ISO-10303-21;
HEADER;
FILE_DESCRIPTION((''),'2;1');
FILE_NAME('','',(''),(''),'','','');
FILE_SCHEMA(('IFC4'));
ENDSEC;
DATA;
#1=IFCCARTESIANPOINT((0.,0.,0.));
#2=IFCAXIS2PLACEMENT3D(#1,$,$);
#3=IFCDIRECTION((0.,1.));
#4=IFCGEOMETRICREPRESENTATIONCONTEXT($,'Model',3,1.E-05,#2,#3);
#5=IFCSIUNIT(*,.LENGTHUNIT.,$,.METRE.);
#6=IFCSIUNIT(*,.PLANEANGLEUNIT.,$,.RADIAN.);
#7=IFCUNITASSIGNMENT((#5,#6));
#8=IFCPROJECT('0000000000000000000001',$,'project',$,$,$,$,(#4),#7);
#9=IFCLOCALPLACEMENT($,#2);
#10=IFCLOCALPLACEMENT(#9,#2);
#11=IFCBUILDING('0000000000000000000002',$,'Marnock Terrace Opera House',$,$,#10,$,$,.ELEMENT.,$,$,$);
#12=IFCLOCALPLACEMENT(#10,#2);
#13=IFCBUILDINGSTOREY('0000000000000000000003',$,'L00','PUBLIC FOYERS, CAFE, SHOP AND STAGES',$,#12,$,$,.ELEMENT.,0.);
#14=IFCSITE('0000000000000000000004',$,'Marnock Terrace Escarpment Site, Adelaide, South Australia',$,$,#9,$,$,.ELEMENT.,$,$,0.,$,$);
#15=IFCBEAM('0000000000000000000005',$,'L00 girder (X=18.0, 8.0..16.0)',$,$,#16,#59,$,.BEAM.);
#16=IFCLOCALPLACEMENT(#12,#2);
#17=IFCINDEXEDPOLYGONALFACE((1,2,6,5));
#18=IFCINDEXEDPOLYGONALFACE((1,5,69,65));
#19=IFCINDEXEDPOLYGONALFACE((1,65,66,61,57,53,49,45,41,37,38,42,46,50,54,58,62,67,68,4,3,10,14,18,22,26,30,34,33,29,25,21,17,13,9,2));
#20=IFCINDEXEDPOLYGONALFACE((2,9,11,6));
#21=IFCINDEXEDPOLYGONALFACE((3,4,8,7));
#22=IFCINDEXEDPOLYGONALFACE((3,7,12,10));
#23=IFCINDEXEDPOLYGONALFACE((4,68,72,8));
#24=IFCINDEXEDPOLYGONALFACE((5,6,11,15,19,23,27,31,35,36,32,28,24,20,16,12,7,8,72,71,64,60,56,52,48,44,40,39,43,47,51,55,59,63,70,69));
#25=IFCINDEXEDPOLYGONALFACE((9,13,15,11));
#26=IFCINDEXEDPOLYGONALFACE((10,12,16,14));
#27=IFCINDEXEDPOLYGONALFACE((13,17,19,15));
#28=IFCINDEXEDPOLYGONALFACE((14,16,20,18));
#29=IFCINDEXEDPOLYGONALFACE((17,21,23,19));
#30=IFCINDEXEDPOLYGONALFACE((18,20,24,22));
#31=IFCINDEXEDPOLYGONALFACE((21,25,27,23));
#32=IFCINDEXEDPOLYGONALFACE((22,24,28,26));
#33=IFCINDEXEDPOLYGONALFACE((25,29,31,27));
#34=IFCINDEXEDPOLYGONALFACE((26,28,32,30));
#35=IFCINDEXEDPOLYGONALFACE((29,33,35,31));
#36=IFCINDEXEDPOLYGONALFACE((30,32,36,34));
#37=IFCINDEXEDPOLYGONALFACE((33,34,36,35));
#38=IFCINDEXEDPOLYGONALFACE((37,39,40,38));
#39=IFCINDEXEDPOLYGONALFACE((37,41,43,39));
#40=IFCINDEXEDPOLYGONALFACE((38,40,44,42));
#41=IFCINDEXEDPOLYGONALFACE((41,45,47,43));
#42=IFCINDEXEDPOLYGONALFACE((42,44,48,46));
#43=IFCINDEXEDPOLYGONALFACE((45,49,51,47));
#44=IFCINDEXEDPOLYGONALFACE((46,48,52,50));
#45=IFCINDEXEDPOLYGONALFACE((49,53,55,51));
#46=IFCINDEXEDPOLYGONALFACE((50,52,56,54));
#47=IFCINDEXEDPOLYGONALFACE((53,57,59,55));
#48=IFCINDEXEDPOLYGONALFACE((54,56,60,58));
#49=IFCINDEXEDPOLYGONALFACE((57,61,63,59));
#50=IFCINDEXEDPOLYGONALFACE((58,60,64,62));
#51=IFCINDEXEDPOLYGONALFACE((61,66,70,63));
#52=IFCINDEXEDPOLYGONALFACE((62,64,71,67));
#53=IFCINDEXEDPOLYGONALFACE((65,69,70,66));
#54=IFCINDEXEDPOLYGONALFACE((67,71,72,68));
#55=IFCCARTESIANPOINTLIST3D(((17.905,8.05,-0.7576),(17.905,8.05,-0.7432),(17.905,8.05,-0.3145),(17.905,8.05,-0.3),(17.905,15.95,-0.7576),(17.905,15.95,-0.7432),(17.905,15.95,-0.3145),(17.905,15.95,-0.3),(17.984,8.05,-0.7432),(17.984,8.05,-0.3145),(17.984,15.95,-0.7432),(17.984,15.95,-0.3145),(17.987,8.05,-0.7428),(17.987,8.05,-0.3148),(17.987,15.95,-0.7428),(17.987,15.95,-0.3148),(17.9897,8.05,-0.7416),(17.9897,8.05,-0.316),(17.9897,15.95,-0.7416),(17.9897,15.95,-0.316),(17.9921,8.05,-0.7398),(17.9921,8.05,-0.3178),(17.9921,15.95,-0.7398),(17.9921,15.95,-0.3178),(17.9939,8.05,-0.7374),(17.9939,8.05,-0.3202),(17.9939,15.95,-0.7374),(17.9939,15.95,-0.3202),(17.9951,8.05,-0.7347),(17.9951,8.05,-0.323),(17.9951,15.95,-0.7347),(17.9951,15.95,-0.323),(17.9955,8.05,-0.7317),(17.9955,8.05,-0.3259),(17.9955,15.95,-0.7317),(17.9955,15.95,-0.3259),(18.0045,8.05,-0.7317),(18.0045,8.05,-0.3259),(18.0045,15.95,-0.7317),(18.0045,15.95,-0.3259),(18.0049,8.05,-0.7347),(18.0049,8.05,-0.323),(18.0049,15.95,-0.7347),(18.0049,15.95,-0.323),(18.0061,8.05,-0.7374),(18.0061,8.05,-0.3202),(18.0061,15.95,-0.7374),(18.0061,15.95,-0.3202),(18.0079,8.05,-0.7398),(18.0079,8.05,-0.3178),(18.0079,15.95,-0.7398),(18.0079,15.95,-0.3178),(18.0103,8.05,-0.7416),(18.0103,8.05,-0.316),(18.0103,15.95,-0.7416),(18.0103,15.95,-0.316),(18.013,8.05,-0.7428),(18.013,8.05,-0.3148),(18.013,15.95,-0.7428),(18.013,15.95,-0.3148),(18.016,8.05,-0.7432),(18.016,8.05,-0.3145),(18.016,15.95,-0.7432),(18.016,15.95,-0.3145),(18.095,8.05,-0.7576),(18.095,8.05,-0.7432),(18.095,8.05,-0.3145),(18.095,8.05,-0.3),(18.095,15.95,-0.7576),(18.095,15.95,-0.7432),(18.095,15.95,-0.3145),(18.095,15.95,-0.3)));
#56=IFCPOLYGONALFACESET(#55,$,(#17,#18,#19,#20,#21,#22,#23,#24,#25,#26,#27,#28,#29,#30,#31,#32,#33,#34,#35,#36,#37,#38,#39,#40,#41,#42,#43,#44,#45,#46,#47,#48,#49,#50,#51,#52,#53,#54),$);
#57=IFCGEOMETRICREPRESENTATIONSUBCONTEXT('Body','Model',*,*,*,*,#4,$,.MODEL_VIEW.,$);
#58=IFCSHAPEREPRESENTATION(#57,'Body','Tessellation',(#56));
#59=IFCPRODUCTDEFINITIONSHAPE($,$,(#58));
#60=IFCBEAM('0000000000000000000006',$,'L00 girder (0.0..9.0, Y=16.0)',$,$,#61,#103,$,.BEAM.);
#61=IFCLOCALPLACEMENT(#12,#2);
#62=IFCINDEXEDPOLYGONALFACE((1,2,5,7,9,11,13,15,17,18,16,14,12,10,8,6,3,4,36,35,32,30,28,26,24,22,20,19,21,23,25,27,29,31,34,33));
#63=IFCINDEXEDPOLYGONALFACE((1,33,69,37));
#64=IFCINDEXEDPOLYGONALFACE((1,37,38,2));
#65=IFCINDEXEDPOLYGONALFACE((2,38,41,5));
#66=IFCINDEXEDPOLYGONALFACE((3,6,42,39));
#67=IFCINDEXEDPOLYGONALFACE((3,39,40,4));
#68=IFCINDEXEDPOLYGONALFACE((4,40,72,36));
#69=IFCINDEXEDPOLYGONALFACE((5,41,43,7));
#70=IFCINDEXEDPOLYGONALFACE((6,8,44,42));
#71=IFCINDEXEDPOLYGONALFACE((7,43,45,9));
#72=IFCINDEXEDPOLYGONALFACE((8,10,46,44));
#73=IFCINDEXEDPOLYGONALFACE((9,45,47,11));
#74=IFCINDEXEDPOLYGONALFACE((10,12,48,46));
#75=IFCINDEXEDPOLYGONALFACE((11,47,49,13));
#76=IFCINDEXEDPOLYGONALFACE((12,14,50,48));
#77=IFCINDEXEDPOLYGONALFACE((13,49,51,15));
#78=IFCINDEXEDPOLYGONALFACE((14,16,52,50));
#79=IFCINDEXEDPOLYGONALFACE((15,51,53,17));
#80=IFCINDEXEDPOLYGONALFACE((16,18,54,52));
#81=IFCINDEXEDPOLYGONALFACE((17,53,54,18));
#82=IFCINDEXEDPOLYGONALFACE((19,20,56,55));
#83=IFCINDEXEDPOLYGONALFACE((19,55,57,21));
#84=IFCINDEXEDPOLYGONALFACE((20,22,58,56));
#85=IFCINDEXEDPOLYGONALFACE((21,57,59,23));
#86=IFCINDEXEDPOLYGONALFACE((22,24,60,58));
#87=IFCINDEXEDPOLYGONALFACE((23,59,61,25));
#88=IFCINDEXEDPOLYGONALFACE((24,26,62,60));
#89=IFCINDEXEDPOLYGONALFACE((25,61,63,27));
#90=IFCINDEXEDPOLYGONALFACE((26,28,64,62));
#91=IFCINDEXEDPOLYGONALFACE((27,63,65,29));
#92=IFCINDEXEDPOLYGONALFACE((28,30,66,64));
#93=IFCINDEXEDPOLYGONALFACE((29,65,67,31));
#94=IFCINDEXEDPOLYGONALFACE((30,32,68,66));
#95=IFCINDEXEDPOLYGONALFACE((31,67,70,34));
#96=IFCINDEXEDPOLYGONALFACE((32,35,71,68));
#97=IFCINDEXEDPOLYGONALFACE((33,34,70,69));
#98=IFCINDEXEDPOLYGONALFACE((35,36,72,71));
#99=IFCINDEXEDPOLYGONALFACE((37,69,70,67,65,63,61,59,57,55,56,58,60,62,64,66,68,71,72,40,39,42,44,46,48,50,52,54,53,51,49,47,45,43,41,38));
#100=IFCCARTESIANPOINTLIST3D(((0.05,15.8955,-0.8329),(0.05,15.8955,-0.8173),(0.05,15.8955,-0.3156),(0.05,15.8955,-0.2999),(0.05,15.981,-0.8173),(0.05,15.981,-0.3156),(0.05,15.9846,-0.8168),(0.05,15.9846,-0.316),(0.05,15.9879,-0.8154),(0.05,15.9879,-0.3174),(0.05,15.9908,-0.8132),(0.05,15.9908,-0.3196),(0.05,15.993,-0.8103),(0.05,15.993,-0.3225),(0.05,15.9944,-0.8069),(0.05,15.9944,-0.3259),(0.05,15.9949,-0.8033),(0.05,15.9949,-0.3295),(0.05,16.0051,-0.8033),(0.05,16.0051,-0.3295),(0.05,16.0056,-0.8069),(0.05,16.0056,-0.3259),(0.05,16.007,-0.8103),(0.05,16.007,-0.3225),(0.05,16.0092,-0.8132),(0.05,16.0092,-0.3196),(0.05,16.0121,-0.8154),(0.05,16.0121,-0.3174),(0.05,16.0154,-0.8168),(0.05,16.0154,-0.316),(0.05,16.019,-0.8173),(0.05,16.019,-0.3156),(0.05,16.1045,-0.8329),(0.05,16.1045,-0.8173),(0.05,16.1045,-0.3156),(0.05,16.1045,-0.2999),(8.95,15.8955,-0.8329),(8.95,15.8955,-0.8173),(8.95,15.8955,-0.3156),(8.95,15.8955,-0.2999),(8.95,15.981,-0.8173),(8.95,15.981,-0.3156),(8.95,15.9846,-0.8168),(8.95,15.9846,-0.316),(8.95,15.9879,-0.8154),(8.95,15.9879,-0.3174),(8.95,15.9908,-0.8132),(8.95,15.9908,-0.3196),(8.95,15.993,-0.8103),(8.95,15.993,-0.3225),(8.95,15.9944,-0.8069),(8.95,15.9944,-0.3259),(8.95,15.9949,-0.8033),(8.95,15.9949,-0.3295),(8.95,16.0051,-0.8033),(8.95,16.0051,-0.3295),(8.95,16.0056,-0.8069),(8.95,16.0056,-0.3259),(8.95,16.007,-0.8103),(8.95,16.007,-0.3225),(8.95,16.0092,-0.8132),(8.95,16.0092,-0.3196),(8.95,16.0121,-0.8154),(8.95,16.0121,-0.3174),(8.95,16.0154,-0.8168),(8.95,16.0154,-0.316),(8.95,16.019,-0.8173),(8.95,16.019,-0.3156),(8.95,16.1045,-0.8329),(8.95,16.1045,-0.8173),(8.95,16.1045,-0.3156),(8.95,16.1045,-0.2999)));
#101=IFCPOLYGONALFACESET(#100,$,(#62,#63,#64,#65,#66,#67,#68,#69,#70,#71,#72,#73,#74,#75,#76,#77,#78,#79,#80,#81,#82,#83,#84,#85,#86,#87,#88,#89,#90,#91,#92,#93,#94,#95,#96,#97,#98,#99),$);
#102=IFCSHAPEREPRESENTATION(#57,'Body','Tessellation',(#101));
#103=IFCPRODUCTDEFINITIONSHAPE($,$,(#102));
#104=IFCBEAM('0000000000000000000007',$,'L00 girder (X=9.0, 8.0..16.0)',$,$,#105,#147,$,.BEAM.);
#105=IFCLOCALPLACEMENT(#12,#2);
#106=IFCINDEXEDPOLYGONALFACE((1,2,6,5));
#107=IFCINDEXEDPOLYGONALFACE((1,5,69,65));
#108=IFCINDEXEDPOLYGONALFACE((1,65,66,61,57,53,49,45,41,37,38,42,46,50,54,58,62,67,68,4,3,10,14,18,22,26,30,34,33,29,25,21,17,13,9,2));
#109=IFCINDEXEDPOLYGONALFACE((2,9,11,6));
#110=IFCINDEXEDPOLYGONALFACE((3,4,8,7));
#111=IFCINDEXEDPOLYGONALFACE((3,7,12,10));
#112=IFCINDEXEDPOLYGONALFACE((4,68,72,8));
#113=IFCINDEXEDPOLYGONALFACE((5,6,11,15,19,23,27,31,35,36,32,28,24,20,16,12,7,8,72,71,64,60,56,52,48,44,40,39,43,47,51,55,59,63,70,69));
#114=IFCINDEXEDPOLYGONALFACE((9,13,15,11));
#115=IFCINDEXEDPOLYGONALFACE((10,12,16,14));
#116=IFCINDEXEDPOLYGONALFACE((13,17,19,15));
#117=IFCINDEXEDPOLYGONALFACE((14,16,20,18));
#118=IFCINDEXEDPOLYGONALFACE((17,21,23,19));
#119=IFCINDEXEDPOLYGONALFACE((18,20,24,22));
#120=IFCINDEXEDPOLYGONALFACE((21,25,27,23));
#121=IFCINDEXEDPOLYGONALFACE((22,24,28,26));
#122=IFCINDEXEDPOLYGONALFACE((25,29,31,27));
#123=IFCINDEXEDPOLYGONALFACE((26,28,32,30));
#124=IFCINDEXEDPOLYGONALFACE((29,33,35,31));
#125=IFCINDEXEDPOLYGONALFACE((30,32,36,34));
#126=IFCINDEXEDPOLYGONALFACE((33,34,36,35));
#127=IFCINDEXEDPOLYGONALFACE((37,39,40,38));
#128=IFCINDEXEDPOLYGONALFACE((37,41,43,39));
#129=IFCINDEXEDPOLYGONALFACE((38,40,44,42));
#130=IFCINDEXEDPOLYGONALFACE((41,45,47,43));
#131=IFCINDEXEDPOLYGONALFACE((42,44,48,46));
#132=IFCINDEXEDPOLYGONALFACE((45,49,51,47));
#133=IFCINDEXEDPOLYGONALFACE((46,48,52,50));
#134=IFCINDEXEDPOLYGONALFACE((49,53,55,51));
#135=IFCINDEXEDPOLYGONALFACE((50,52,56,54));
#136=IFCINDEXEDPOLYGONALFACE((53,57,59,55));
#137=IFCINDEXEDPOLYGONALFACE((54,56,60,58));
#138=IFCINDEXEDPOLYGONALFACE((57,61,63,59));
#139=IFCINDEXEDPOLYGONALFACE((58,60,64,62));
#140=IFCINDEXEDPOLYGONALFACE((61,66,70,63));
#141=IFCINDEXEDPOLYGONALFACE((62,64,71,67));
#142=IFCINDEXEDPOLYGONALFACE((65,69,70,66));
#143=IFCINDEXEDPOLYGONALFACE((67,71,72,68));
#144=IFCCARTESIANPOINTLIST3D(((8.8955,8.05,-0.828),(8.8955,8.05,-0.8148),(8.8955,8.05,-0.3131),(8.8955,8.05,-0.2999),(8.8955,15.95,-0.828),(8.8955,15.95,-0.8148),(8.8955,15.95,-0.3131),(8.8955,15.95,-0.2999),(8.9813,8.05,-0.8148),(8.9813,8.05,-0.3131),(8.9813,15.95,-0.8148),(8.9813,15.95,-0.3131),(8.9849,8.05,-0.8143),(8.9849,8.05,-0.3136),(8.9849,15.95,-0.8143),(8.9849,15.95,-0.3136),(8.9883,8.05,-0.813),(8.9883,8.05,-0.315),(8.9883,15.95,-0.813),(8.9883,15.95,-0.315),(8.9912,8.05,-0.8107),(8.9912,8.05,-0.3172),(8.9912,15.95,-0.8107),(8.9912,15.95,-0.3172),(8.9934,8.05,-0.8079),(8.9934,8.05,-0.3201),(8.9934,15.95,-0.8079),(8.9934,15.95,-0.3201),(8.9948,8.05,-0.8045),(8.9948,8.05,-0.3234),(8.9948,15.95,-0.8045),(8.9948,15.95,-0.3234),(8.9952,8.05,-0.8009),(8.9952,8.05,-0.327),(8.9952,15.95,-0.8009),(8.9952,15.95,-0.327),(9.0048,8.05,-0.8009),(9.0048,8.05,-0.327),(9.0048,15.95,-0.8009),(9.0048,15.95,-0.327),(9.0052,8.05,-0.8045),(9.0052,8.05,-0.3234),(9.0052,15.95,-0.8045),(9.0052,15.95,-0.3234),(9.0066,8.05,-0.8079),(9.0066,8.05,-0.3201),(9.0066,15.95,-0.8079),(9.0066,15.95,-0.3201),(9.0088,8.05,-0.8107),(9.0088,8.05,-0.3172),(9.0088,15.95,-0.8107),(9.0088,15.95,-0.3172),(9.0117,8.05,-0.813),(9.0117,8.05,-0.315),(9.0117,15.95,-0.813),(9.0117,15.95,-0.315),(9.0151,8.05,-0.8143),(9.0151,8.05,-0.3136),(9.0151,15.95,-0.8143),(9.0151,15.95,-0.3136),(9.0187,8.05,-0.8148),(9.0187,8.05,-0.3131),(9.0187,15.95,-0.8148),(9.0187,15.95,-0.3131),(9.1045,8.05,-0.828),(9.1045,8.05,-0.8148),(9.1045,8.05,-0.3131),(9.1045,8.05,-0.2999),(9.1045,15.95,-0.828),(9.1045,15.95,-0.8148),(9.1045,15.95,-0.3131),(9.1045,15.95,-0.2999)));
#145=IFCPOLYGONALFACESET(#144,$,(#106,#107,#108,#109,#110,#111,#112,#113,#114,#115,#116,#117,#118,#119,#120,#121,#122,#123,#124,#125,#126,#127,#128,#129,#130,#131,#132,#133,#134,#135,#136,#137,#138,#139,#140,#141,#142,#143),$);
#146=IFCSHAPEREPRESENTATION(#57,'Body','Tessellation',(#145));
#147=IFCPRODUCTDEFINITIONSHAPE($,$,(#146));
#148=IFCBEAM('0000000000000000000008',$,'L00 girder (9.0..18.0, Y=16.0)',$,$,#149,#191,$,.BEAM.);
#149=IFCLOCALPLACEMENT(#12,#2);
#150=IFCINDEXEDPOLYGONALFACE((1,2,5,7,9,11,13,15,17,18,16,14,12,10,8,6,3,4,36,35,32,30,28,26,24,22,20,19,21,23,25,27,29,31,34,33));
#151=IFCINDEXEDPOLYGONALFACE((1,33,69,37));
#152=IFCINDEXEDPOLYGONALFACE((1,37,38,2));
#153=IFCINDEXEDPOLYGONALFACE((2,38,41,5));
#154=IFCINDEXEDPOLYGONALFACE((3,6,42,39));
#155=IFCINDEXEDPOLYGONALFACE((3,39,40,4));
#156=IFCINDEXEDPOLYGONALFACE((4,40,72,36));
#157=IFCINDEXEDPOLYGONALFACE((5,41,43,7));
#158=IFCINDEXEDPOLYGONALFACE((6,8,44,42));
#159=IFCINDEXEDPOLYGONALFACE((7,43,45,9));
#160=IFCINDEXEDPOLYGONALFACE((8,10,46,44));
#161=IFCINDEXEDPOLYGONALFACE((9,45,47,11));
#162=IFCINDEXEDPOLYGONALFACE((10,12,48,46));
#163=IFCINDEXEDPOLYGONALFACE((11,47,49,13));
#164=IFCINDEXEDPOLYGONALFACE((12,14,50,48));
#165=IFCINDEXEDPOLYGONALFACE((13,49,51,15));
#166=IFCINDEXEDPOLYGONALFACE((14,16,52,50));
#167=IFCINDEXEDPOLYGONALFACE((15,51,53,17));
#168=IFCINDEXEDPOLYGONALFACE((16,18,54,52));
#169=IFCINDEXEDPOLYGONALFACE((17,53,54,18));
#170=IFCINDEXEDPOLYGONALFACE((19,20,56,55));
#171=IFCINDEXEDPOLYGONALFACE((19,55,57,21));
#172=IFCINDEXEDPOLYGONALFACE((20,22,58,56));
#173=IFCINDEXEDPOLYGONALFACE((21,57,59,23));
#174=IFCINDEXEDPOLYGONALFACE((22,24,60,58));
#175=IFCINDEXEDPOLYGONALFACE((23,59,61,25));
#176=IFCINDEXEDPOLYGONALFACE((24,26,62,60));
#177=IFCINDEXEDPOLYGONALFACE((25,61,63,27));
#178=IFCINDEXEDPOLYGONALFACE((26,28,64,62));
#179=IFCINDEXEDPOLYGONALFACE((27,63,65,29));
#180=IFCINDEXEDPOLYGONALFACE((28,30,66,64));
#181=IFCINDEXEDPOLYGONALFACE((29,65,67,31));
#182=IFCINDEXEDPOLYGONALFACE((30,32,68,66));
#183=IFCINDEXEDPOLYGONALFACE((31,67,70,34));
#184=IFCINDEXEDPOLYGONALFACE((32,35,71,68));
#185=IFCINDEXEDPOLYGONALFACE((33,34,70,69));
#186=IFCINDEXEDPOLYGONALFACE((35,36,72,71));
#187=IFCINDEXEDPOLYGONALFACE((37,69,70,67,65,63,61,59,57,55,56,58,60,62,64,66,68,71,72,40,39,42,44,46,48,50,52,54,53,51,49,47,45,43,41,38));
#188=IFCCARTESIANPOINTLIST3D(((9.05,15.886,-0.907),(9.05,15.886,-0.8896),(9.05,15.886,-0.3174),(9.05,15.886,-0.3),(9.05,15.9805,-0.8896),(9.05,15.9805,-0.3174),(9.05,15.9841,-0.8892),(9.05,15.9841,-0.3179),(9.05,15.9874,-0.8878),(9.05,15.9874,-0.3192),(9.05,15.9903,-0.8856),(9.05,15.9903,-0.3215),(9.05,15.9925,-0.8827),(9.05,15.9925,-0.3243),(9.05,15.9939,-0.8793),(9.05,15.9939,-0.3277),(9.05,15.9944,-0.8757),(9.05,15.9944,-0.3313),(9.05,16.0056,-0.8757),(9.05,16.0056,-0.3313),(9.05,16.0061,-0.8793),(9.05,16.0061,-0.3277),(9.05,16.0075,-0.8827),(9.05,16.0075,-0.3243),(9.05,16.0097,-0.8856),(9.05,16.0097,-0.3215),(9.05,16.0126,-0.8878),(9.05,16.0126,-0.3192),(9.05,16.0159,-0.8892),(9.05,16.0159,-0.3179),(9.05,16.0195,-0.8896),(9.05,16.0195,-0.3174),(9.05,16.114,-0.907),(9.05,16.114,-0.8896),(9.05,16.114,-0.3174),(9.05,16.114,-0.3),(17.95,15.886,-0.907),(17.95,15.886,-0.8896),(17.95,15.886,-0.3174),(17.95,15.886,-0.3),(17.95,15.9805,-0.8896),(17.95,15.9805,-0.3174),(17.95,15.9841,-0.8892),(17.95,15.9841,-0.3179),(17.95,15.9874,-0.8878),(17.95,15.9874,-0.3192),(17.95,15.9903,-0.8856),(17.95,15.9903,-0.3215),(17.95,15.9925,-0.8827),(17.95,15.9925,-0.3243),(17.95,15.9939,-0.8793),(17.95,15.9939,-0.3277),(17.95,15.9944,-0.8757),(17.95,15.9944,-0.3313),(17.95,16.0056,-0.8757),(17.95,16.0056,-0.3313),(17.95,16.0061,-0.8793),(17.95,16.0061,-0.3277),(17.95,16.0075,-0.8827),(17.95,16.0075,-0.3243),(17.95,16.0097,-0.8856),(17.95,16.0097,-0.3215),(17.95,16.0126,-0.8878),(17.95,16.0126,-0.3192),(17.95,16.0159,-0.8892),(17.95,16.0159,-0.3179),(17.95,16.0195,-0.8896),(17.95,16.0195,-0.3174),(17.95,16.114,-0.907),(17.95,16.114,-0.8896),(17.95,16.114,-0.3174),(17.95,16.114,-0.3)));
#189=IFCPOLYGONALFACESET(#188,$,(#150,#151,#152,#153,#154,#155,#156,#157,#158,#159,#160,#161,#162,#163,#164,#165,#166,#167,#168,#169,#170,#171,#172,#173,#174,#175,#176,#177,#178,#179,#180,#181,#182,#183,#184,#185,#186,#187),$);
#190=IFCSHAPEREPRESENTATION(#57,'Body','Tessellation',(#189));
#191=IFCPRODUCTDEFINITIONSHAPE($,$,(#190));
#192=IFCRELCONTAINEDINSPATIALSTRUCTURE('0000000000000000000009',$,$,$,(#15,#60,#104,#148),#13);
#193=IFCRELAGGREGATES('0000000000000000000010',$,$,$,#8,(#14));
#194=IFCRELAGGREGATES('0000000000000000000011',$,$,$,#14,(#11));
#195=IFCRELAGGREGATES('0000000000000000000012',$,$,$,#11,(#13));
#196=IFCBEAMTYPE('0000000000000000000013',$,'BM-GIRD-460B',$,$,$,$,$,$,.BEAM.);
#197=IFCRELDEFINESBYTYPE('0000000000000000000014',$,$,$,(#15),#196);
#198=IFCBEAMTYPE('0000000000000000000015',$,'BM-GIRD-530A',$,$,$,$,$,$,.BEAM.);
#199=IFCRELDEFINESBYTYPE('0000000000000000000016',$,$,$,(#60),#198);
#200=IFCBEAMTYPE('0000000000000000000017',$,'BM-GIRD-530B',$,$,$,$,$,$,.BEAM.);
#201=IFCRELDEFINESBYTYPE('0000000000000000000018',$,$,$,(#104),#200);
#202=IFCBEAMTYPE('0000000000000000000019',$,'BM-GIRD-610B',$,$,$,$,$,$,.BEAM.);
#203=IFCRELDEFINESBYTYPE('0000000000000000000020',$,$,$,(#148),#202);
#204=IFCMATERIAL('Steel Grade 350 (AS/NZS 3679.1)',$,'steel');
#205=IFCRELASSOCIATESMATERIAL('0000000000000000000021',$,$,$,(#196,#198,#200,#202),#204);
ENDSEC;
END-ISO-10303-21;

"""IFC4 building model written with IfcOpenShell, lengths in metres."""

from ifc_helpers import new_model, si_unit, direction, frame, origin, origin_2d, place, context, subcontext, project, spatial, i_section, extrude, material, material_profile, profile_set, type_object, element, save


model = new_model("IFC4")

# Units and contexts
model_context = context("Model", 3, precision=1e-05, world=origin(), true_north=direction((0.0, 1.0)))
body_context = subcontext(model_context, "Body", "Model", "MODEL_VIEW")
ifc_project = project(units=[si_unit("LENGTHUNIT", "METRE"), si_unit("PLANEANGLEUNIT", "RADIAN")], contexts=[model_context])

# Site, building, storey
site_placement = place(None, origin())
site = spatial("IfcSite", under=ifc_project, at=site_placement, Name="Marnock Terrace Escarpment Site, Adelaide, South Australia", CompositionType="ELEMENT", RefElevation=0.0)
building_placement = place(site_placement, origin())
building = spatial("IfcBuilding", under=site, at=building_placement, Name="Marnock Terrace Opera House", CompositionType="ELEMENT")
storey_placement = place(building_placement, origin())
storey = spatial("IfcBuildingStorey", under=building, at=storey_placement, Name="L00", Description="PUBLIC FOYERS, CAFE, SHOP AND STAGES", CompositionType="ELEMENT", Elevation=0.0)

# Shared definitions
ifc_material_1 = material(Name="Steel Grade 350 (AS/NZS 3679.1)", Category="steel")

# Beams
ifc_material_profile_1 = material_profile(ifc_material_1, i_section(OverallWidth=0.1899, OverallDepth=0.4575, WebThickness=0.009, FlangeThickness=0.0144, FilletRadius=0.0115, at=origin_2d()))
ifc_profile_set_1 = profile_set([ifc_material_profile_1], Name="Steel Grade 350 (AS/NZS 3679.1)")
beam_type_1 = type_object("IfcBeamType", Name="BM-GIRD-460B", PredefinedType="BEAM", material=ifc_profile_set_1)
beam_1_placement = place(storey_placement, frame((18.0, 8.05, -0.5288), z_axis=(0.0, 1.0, 0.0), x_axis=(-1.0, 0.0, 0.0)))
element("IfcBeam", 1, at=beam_1_placement, inside=storey, type_object=beam_type_1, Name="L00 girder (X=18.0, 8.0..16.0)", PredefinedType="BEAM", context=body_context, shape_type="SweptSolid", body=[
    extrude(i_section(OverallWidth=0.1899, OverallDepth=0.4575, WebThickness=0.009, FlangeThickness=0.0144, FilletRadius=0.0115, at=origin_2d()), origin(), (0.0, 0.0, 1.0), 7.8999),
])
ifc_material_profile_2 = material_profile(ifc_material_1, i_section(OverallWidth=0.209, OverallDepth=0.533, WebThickness=0.0103, FlangeThickness=0.0156, FilletRadius=0.0139, at=origin_2d()))
ifc_profile_set_2 = profile_set([ifc_material_profile_2], Name="Steel Grade 350 (AS/NZS 3679.1)")
beam_type_2 = type_object("IfcBeamType", Name="BM-GIRD-530A", PredefinedType="BEAM", material=ifc_profile_set_2)
beam_2_placement = place(storey_placement, frame((0.05, 16.0, -0.5664), z_axis=(1.0, 0.0, 0.0), x_axis=(0.0, 1.0, 0.0)))
element("IfcBeam", 2, at=beam_2_placement, inside=storey, type_object=beam_type_2, Name="L00 girder (0.0..9.0, Y=16.0)", PredefinedType="BEAM", context=body_context, shape_type="SweptSolid", body=[
    extrude(i_section(OverallWidth=0.209, OverallDepth=0.533, WebThickness=0.0103, FlangeThickness=0.0156, FilletRadius=0.0139, at=origin_2d()), origin(), (0.0, 0.0, 1.0), 8.8999),
])
ifc_material_profile_3 = material_profile(ifc_material_1, i_section(OverallWidth=0.209, OverallDepth=0.5281, WebThickness=0.0095, FlangeThickness=0.0132, FilletRadius=0.0139, at=origin_2d()))
ifc_profile_set_3 = profile_set([ifc_material_profile_3], Name="Steel Grade 350 (AS/NZS 3679.1)")
beam_type_3 = type_object("IfcBeamType", Name="BM-GIRD-530B", PredefinedType="BEAM", material=ifc_profile_set_3)
beam_3_placement = place(storey_placement, frame((9.0, 8.05, -0.564), z_axis=(0.0, 1.0, 0.0), x_axis=(-1.0, 0.0, 0.0)))
element("IfcBeam", 3, at=beam_3_placement, inside=storey, type_object=beam_type_3, Name="L00 girder (X=9.0, 8.0..16.0)", PredefinedType="BEAM", context=body_context, shape_type="SweptSolid", body=[
    extrude(i_section(OverallWidth=0.209, OverallDepth=0.5281, WebThickness=0.0095, FlangeThickness=0.0132, FilletRadius=0.0139, at=origin_2d()), origin(), (0.0, 0.0, 1.0), 7.8999),
])
ifc_material_profile_4 = material_profile(ifc_material_1, i_section(OverallWidth=0.228, OverallDepth=0.6069, WebThickness=0.0112, FlangeThickness=0.0173, FilletRadius=0.0139, at=origin_2d()))
ifc_profile_set_4 = profile_set([ifc_material_profile_4], Name="Steel Grade 350 (AS/NZS 3679.1)")
beam_type_4 = type_object("IfcBeamType", Name="BM-GIRD-610B", PredefinedType="BEAM", material=ifc_profile_set_4)
beam_4_placement = place(storey_placement, frame((9.05, 16.0, -0.6035), z_axis=(1.0, 0.0, 0.0), x_axis=(0.0, 1.0, 0.0)))
element("IfcBeam", 4, at=beam_4_placement, inside=storey, type_object=beam_type_4, Name="L00 girder (9.0..18.0, Y=16.0)", PredefinedType="BEAM", context=body_context, shape_type="SweptSolid", body=[
    extrude(i_section(OverallWidth=0.228, OverallDepth=0.6069, WebThickness=0.0112, FlangeThickness=0.0173, FilletRadius=0.0139, at=origin_2d()), origin(), (0.0, 0.0, 1.0), 8.8999),
])

save(model, "model.ifc")
